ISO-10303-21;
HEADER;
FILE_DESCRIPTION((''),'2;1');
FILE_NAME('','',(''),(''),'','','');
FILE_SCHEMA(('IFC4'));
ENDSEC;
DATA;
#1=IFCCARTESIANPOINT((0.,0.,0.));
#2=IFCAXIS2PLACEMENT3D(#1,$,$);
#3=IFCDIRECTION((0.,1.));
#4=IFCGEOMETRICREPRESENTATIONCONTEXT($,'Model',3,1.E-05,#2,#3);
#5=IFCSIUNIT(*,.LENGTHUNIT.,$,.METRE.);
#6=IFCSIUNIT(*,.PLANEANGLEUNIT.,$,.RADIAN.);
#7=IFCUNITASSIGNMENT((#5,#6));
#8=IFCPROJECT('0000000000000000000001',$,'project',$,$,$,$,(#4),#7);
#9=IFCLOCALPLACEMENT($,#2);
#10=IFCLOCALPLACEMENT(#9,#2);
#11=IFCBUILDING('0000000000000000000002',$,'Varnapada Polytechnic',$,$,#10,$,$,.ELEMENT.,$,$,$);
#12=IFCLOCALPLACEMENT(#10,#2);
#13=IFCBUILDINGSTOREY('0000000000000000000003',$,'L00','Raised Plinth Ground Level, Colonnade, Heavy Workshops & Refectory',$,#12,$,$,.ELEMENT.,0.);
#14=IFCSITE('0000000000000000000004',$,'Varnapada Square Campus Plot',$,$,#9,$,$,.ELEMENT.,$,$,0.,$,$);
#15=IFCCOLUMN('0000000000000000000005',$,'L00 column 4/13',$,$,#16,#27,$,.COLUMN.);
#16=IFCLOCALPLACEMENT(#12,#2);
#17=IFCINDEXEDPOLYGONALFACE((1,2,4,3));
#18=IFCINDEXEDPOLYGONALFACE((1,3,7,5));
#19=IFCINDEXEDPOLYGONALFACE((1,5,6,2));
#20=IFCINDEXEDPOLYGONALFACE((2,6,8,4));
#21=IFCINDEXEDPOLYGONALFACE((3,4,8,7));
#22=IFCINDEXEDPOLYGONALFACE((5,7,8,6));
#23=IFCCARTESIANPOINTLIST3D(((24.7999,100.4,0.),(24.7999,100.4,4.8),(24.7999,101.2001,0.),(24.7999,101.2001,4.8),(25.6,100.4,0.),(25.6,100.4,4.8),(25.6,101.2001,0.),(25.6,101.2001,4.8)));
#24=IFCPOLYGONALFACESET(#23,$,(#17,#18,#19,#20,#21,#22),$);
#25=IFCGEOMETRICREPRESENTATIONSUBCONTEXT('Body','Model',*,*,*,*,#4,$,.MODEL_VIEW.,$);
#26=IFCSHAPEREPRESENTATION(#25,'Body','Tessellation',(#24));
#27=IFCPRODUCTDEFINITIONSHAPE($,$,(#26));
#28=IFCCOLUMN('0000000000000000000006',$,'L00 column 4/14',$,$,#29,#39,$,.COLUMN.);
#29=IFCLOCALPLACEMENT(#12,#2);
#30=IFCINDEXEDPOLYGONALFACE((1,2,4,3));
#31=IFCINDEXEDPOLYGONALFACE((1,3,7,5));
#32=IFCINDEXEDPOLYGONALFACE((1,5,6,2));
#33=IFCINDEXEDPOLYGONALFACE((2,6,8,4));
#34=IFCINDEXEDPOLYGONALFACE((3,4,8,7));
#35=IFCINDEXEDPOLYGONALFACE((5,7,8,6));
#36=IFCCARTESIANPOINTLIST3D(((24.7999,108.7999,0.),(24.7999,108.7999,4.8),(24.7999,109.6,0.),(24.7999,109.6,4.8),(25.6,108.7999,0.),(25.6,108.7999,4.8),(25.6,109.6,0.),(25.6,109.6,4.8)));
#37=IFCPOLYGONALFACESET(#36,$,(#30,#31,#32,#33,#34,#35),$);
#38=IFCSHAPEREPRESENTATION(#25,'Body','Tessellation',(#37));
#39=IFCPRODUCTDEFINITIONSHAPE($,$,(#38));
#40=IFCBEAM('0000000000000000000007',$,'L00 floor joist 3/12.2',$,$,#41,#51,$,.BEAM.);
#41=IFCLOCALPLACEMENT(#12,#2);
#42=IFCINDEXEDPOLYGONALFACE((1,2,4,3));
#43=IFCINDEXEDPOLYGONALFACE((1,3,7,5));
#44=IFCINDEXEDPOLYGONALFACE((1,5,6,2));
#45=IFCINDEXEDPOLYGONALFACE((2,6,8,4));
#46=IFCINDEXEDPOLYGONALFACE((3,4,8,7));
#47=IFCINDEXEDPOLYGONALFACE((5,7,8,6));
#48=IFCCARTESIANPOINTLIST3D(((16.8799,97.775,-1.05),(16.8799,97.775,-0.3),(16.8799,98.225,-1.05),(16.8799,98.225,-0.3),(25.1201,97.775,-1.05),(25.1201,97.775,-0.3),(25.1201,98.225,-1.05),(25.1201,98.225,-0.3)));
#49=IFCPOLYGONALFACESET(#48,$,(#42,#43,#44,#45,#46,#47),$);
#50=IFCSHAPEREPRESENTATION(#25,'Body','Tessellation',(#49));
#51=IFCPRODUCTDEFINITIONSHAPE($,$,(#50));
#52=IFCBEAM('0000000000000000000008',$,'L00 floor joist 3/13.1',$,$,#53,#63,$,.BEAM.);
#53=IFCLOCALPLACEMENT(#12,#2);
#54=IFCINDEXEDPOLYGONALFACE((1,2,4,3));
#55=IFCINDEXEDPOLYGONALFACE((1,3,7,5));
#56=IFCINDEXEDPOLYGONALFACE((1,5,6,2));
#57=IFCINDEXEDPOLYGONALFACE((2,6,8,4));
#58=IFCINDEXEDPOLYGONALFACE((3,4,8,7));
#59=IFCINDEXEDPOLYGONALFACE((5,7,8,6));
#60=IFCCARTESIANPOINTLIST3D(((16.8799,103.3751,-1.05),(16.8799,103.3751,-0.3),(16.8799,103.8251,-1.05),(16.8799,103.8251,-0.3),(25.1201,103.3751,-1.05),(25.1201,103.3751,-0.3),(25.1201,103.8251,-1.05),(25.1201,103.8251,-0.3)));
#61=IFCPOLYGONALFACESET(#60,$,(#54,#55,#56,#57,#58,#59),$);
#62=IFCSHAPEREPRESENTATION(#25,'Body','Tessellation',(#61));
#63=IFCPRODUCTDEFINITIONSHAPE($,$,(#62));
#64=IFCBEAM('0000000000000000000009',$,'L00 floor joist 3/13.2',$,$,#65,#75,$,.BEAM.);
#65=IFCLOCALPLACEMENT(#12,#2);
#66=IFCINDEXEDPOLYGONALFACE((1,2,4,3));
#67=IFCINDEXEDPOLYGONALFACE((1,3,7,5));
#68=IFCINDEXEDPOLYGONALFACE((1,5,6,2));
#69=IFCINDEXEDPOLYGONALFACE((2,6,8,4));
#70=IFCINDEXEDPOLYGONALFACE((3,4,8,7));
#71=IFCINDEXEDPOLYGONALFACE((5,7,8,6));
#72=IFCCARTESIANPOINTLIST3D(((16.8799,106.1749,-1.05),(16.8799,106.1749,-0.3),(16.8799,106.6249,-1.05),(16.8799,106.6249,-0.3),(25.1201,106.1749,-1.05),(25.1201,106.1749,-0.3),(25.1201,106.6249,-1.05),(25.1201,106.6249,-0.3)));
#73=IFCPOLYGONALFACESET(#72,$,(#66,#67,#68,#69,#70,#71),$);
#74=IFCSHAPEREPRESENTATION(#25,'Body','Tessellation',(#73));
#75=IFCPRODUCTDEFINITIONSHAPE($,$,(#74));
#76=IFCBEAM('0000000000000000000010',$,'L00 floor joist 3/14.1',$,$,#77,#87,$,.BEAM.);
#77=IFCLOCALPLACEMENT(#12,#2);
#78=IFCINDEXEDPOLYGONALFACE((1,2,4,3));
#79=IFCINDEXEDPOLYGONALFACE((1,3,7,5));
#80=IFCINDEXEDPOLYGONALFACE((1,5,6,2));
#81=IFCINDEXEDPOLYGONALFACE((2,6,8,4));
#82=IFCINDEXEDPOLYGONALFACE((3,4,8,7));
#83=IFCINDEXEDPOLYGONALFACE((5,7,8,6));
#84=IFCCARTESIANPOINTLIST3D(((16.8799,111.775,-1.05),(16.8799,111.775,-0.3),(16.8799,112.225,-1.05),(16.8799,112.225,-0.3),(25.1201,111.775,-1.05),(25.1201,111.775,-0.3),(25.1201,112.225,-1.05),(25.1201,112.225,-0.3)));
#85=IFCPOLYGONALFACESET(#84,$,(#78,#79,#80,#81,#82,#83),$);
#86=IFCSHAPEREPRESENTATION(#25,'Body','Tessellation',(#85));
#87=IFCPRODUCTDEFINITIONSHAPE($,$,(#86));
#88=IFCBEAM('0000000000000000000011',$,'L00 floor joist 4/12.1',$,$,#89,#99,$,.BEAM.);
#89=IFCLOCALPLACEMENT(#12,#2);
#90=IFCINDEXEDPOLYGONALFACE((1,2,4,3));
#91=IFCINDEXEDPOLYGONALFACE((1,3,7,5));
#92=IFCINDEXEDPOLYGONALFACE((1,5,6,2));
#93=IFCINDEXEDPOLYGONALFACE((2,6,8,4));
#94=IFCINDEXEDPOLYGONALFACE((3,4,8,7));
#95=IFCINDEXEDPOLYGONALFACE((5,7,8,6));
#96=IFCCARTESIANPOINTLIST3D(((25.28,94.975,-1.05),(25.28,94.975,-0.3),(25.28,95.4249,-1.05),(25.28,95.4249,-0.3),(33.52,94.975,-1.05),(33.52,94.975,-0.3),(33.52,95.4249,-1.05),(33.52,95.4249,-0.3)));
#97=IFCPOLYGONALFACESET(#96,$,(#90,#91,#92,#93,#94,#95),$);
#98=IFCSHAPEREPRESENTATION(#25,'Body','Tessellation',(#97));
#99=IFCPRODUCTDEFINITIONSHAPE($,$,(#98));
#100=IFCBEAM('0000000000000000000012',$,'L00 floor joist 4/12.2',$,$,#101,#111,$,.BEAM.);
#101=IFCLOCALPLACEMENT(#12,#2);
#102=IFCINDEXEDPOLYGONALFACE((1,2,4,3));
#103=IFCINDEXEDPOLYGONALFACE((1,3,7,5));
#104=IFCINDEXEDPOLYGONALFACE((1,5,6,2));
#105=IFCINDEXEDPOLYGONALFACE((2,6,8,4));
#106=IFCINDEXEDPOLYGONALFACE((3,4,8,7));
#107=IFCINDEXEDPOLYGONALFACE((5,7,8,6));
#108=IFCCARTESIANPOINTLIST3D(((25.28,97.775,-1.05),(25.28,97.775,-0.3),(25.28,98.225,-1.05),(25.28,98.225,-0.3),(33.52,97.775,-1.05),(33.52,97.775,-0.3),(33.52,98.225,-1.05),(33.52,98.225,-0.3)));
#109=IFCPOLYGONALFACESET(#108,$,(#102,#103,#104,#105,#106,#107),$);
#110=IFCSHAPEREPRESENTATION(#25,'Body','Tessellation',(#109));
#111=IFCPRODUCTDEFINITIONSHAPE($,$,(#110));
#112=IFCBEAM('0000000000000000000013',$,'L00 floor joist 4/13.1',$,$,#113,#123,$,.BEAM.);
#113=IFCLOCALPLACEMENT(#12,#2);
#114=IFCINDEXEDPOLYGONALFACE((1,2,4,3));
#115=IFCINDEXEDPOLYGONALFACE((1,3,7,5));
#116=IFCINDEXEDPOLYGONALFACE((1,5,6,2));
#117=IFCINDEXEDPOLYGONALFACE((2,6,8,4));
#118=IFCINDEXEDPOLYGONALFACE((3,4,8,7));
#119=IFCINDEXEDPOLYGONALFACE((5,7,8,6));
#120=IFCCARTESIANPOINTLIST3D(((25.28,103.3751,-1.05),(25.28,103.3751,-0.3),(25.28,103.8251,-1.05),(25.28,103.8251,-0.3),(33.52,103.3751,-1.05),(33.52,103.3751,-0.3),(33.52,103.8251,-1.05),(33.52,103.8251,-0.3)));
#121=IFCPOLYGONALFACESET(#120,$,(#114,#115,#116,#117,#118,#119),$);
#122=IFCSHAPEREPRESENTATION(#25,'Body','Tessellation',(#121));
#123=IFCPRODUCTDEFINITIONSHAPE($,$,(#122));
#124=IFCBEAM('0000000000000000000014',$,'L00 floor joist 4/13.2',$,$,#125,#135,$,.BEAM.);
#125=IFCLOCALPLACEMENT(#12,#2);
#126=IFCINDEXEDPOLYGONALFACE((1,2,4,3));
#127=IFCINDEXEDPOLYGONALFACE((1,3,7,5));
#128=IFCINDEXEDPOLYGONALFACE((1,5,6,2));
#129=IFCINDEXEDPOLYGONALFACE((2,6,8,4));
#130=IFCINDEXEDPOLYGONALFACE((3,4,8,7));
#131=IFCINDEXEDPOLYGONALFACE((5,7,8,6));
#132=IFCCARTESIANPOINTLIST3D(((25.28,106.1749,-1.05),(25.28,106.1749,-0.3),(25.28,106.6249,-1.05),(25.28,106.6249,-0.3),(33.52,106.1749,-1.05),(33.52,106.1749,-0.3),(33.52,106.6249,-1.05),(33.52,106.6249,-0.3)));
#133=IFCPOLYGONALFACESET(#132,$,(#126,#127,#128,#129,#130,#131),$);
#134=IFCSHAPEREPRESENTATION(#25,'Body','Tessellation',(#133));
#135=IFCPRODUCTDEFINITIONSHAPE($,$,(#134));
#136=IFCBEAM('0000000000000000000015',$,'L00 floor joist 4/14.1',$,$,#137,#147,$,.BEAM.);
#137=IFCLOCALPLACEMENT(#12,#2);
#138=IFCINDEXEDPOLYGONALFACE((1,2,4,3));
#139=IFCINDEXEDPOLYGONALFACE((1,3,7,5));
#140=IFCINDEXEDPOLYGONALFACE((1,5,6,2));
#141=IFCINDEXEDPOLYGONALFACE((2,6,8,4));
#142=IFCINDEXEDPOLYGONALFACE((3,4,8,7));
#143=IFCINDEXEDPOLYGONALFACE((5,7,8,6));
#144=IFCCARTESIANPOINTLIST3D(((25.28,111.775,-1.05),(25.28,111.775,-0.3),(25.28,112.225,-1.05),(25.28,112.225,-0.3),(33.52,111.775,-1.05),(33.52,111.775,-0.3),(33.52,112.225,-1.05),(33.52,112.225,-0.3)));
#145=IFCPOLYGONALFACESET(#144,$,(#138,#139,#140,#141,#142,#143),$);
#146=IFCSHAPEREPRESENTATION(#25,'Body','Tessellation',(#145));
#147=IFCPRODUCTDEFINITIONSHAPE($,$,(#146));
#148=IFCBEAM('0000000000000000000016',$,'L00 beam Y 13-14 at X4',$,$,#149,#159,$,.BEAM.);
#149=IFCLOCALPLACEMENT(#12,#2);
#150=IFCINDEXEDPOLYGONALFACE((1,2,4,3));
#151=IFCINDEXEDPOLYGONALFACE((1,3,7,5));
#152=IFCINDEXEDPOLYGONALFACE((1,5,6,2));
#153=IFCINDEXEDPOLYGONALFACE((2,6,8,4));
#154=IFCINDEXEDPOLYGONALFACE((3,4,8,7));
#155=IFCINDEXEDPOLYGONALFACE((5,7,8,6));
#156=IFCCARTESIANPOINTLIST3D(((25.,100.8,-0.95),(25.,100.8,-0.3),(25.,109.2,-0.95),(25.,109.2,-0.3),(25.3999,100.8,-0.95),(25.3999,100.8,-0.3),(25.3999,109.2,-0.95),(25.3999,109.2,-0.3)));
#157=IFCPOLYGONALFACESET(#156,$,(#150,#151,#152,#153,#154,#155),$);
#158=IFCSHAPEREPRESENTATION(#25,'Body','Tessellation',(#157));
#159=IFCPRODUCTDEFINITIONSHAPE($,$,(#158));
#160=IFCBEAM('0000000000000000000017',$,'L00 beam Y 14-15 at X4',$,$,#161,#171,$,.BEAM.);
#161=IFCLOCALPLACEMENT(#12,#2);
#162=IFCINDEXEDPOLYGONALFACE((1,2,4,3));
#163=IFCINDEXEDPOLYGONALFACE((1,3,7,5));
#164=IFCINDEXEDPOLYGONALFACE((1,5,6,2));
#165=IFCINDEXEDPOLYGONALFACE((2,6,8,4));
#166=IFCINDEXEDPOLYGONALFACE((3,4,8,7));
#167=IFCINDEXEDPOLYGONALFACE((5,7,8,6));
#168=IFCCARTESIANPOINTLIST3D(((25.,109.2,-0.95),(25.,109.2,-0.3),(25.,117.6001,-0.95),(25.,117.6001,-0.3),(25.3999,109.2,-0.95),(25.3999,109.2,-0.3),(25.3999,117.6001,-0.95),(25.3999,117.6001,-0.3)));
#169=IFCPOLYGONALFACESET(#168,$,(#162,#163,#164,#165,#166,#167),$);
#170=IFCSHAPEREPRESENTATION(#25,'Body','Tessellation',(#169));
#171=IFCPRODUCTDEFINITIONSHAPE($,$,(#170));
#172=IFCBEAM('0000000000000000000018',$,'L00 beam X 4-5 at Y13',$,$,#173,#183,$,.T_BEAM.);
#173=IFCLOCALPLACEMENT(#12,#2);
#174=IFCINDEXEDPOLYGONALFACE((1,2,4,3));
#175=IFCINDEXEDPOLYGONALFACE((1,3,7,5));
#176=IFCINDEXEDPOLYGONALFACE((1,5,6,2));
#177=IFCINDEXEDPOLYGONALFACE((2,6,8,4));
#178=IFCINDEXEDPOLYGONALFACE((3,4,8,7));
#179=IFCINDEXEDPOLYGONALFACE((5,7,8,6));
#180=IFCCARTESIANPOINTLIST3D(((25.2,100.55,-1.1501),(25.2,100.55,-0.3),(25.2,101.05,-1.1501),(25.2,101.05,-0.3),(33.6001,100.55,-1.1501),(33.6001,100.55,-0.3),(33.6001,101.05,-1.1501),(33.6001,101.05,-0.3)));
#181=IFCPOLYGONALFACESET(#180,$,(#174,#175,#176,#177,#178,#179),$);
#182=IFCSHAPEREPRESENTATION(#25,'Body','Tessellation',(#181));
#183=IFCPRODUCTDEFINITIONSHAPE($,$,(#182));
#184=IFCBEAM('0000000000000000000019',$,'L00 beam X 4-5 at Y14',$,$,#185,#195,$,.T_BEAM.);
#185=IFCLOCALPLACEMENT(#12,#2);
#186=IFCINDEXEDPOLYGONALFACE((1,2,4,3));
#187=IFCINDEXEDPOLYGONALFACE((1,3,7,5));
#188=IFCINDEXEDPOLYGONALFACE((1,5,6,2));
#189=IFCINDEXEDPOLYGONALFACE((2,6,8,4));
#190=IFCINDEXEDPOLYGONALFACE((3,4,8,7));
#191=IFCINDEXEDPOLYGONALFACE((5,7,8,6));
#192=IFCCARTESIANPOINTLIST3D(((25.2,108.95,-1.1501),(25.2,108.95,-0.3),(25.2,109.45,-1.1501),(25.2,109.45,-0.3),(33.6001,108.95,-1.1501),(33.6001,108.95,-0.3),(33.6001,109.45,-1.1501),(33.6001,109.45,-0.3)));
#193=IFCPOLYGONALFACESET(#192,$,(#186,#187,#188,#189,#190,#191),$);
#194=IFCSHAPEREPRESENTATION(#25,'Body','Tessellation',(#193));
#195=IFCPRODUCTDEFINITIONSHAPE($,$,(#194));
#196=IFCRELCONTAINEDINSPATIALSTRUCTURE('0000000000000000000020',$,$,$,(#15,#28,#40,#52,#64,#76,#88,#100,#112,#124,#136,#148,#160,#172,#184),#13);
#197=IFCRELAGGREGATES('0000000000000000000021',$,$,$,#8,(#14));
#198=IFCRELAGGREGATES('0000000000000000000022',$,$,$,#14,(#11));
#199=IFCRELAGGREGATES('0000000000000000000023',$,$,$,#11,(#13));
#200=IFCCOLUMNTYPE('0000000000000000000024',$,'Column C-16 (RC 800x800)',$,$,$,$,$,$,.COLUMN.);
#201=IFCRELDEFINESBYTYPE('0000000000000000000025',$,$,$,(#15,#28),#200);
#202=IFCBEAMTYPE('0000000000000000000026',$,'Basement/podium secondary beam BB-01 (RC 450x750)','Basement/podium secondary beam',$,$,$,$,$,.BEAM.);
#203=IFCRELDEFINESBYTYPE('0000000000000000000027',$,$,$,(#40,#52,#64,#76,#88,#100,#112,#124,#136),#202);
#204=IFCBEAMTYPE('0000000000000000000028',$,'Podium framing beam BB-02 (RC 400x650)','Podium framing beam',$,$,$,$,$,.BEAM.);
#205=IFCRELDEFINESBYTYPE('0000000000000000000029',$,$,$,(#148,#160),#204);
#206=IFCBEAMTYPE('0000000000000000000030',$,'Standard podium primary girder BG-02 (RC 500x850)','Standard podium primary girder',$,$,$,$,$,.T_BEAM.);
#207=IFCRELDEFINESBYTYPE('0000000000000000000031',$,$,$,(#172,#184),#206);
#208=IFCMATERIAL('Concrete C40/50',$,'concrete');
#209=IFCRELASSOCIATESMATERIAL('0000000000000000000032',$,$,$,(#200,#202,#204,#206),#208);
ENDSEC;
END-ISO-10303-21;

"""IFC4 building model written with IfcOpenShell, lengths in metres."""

from ifc_helpers import new_model, si_unit, direction, frame, origin, origin_2d, place, context, subcontext, project, spatial, rectangle, extrude, material, material_profile, profile_set, type_object, element, save


model = new_model("IFC4")

# Units and contexts
model_context = context("Model", 3, precision=1e-05, world=origin(), true_north=direction((0.0, 1.0)))
body_context = subcontext(model_context, "Body", "Model", "MODEL_VIEW")
ifc_project = project(units=[si_unit("LENGTHUNIT", "METRE"), si_unit("PLANEANGLEUNIT", "RADIAN")], contexts=[model_context])

# Site, building, storey
site_placement = place(None, origin())
site = spatial("IfcSite", under=ifc_project, at=site_placement, Name="Varnapada Square Campus Plot", CompositionType="ELEMENT", RefElevation=0.0)
building_placement = place(site_placement, origin())
building = spatial("IfcBuilding", under=site, at=building_placement, Name="Varnapada Polytechnic", CompositionType="ELEMENT")
storey_placement = place(building_placement, origin())
storey = spatial("IfcBuildingStorey", under=building, at=storey_placement, Name="L00", Description="Raised Plinth Ground Level, Colonnade, Heavy Workshops & Refectory", CompositionType="ELEMENT", Elevation=0.0)

# Columns
ifc_material_1 = material(Name="Concrete C40/50", Category="concrete")
ifc_material_profile_1 = material_profile(ifc_material_1, rectangle(XDim=0.8, YDim=0.8, at=origin_2d()), Name="RC 800x800")
ifc_profile_set_1 = profile_set([ifc_material_profile_1], Name="Concrete C40/50")
column_type = type_object("IfcColumnType", Name="Column C-16 (RC 800x800)", PredefinedType="COLUMN", material=ifc_profile_set_1)
for number, where, z_axis, x_axis, name in (
    (1, (25.2, 100.8, 0.0), (0.0, 0.0, 1.0), (1.0, 0.0, 0.0), "L00 column 4/13"),
    (2, (25.2, 109.2, 0.0), (0.0, 0.0, 1.0), (1.0, 0.0, 0.0), "L00 column 4/14"),
):
    element("IfcColumn", number, at=place(storey_placement, frame(where, z_axis=z_axis, x_axis=x_axis)), inside=storey, type_object=column_type, Name=name, PredefinedType="COLUMN", context=body_context, shape_type="SweptSolid", body=[
        extrude(rectangle(XDim=0.8, YDim=0.8, at=origin_2d()), origin(), (0.0, 0.0, 1.0), 4.8),
    ])

# Beams
ifc_material_profile_2 = material_profile(ifc_material_1, rectangle(XDim=0.45, YDim=0.75, at=origin_2d()), Name="RC 450x750")
ifc_profile_set_2 = profile_set([ifc_material_profile_2], Name="Concrete C40/50")
beam_type_1 = type_object("IfcBeamType", Name="Basement/podium secondary beam BB-01 (RC 450x750)", Description="Basement/podium secondary beam", PredefinedType="BEAM", material=ifc_profile_set_2)
for number, where, z_axis, x_axis, name in (
    (3, (16.8799, 98.0, -0.675), (1.0, 0.0, 0.0), (0.0, 1.0, 0.0), "L00 floor joist 3/12.2"),
    (4, (16.8799, 103.6001, -0.675), (1.0, 0.0, 0.0), (0.0, 1.0, 0.0), "L00 floor joist 3/13.1"),
    (5, (16.8799, 106.3999, -0.675), (1.0, 0.0, 0.0), (0.0, 1.0, 0.0), "L00 floor joist 3/13.2"),
    (6, (16.8799, 112.0, -0.675), (1.0, 0.0, 0.0), (0.0, 1.0, 0.0), "L00 floor joist 3/14.1"),
):
    element("IfcBeam", number, at=place(storey_placement, frame(where, z_axis=z_axis, x_axis=x_axis)), inside=storey, type_object=beam_type_1, Name=name, PredefinedType="BEAM", context=body_context, shape_type="SweptSolid", body=[
        extrude(rectangle(XDim=0.45, YDim=0.75, at=origin_2d()), origin(), (0.0, 0.0, 1.0), 8.2402),
    ])
for number, where, z_axis, x_axis, name in (
    (7, (25.28, 95.2, -0.675), (1.0, 0.0, 0.0), (0.0, 1.0, 0.0), "L00 floor joist 4/12.1"),
    (8, (25.28, 98.0, -0.675), (1.0, 0.0, 0.0), (0.0, 1.0, 0.0), "L00 floor joist 4/12.2"),
    (9, (25.28, 103.6001, -0.675), (1.0, 0.0, 0.0), (0.0, 1.0, 0.0), "L00 floor joist 4/13.1"),
    (10, (25.28, 106.3999, -0.675), (1.0, 0.0, 0.0), (0.0, 1.0, 0.0), "L00 floor joist 4/13.2"),
    (11, (25.28, 112.0, -0.675), (1.0, 0.0, 0.0), (0.0, 1.0, 0.0), "L00 floor joist 4/14.1"),
):
    element("IfcBeam", number, at=place(storey_placement, frame(where, z_axis=z_axis, x_axis=x_axis)), inside=storey, type_object=beam_type_1, Name=name, PredefinedType="BEAM", context=body_context, shape_type="SweptSolid", body=[
        extrude(rectangle(XDim=0.45, YDim=0.75, at=origin_2d()), origin(), (0.0, 0.0, 1.0), 8.24),
    ])
ifc_material_profile_3 = material_profile(ifc_material_1, rectangle(XDim=0.3999, YDim=0.6499, at=origin_2d()), Name="RC 400x650")
ifc_profile_set_3 = profile_set([ifc_material_profile_3], Name="Concrete C40/50")
beam_type_2 = type_object("IfcBeamType", Name="Podium framing beam BB-02 (RC 400x650)", Description="Podium framing beam", PredefinedType="BEAM", material=ifc_profile_set_3)
beam_1_placement = place(storey_placement, frame((25.2, 100.8, -0.625), z_axis=(0.0, 1.0, 0.0), x_axis=(-1.0, 0.0, 0.0)))
element("IfcBeam", 12, at=beam_1_placement, inside=storey, type_object=beam_type_2, Name="L00 beam Y 13-14 at X4", PredefinedType="BEAM", context=body_context, shape_type="SweptSolid", body=[
    extrude(rectangle(XDim=0.3999, YDim=0.6499, at=origin_2d()), origin(), (0.0, 0.0, 1.0), 8.3999),
])
beam_2_placement = place(storey_placement, frame((25.2, 109.2, -0.625), z_axis=(0.0, 1.0, 0.0), x_axis=(-1.0, 0.0, 0.0)))
element("IfcBeam", 13, at=beam_2_placement, inside=storey, type_object=beam_type_2, Name="L00 beam Y 14-15 at X4", PredefinedType="BEAM", context=body_context, shape_type="SweptSolid", body=[
    extrude(rectangle(XDim=0.3999, YDim=0.6499, at=origin_2d()), origin(), (0.0, 0.0, 1.0), 8.4001),
])
ifc_material_profile_4 = material_profile(ifc_material_1, rectangle(XDim=0.5, YDim=0.8501, at=origin_2d()), Name="RC 500x850")
ifc_profile_set_4 = profile_set([ifc_material_profile_4], Name="Concrete C40/50")
beam_type_3 = type_object("IfcBeamType", Name="Standard podium primary girder BG-02 (RC 500x850)", Description="Standard podium primary girder", PredefinedType="T_BEAM", material=ifc_profile_set_4)
for number, where, z_axis, x_axis, name in (
    (14, (25.2, 100.8, -0.7251), (1.0, 0.0, 0.0), (0.0, 1.0, 0.0), "L00 beam X 4-5 at Y13"),
    (15, (25.2, 109.2, -0.7251), (1.0, 0.0, 0.0), (0.0, 1.0, 0.0), "L00 beam X 4-5 at Y14"),
):
    element("IfcBeam", number, at=place(storey_placement, frame(where, z_axis=z_axis, x_axis=x_axis)), inside=storey, type_object=beam_type_3, Name=name, PredefinedType="T_BEAM", context=body_context, shape_type="SweptSolid", body=[
        extrude(rectangle(XDim=0.5, YDim=0.8501, at=origin_2d()), origin(), (0.0, 0.0, 1.0), 8.4001),
    ])

save(model, "model.ifc")
